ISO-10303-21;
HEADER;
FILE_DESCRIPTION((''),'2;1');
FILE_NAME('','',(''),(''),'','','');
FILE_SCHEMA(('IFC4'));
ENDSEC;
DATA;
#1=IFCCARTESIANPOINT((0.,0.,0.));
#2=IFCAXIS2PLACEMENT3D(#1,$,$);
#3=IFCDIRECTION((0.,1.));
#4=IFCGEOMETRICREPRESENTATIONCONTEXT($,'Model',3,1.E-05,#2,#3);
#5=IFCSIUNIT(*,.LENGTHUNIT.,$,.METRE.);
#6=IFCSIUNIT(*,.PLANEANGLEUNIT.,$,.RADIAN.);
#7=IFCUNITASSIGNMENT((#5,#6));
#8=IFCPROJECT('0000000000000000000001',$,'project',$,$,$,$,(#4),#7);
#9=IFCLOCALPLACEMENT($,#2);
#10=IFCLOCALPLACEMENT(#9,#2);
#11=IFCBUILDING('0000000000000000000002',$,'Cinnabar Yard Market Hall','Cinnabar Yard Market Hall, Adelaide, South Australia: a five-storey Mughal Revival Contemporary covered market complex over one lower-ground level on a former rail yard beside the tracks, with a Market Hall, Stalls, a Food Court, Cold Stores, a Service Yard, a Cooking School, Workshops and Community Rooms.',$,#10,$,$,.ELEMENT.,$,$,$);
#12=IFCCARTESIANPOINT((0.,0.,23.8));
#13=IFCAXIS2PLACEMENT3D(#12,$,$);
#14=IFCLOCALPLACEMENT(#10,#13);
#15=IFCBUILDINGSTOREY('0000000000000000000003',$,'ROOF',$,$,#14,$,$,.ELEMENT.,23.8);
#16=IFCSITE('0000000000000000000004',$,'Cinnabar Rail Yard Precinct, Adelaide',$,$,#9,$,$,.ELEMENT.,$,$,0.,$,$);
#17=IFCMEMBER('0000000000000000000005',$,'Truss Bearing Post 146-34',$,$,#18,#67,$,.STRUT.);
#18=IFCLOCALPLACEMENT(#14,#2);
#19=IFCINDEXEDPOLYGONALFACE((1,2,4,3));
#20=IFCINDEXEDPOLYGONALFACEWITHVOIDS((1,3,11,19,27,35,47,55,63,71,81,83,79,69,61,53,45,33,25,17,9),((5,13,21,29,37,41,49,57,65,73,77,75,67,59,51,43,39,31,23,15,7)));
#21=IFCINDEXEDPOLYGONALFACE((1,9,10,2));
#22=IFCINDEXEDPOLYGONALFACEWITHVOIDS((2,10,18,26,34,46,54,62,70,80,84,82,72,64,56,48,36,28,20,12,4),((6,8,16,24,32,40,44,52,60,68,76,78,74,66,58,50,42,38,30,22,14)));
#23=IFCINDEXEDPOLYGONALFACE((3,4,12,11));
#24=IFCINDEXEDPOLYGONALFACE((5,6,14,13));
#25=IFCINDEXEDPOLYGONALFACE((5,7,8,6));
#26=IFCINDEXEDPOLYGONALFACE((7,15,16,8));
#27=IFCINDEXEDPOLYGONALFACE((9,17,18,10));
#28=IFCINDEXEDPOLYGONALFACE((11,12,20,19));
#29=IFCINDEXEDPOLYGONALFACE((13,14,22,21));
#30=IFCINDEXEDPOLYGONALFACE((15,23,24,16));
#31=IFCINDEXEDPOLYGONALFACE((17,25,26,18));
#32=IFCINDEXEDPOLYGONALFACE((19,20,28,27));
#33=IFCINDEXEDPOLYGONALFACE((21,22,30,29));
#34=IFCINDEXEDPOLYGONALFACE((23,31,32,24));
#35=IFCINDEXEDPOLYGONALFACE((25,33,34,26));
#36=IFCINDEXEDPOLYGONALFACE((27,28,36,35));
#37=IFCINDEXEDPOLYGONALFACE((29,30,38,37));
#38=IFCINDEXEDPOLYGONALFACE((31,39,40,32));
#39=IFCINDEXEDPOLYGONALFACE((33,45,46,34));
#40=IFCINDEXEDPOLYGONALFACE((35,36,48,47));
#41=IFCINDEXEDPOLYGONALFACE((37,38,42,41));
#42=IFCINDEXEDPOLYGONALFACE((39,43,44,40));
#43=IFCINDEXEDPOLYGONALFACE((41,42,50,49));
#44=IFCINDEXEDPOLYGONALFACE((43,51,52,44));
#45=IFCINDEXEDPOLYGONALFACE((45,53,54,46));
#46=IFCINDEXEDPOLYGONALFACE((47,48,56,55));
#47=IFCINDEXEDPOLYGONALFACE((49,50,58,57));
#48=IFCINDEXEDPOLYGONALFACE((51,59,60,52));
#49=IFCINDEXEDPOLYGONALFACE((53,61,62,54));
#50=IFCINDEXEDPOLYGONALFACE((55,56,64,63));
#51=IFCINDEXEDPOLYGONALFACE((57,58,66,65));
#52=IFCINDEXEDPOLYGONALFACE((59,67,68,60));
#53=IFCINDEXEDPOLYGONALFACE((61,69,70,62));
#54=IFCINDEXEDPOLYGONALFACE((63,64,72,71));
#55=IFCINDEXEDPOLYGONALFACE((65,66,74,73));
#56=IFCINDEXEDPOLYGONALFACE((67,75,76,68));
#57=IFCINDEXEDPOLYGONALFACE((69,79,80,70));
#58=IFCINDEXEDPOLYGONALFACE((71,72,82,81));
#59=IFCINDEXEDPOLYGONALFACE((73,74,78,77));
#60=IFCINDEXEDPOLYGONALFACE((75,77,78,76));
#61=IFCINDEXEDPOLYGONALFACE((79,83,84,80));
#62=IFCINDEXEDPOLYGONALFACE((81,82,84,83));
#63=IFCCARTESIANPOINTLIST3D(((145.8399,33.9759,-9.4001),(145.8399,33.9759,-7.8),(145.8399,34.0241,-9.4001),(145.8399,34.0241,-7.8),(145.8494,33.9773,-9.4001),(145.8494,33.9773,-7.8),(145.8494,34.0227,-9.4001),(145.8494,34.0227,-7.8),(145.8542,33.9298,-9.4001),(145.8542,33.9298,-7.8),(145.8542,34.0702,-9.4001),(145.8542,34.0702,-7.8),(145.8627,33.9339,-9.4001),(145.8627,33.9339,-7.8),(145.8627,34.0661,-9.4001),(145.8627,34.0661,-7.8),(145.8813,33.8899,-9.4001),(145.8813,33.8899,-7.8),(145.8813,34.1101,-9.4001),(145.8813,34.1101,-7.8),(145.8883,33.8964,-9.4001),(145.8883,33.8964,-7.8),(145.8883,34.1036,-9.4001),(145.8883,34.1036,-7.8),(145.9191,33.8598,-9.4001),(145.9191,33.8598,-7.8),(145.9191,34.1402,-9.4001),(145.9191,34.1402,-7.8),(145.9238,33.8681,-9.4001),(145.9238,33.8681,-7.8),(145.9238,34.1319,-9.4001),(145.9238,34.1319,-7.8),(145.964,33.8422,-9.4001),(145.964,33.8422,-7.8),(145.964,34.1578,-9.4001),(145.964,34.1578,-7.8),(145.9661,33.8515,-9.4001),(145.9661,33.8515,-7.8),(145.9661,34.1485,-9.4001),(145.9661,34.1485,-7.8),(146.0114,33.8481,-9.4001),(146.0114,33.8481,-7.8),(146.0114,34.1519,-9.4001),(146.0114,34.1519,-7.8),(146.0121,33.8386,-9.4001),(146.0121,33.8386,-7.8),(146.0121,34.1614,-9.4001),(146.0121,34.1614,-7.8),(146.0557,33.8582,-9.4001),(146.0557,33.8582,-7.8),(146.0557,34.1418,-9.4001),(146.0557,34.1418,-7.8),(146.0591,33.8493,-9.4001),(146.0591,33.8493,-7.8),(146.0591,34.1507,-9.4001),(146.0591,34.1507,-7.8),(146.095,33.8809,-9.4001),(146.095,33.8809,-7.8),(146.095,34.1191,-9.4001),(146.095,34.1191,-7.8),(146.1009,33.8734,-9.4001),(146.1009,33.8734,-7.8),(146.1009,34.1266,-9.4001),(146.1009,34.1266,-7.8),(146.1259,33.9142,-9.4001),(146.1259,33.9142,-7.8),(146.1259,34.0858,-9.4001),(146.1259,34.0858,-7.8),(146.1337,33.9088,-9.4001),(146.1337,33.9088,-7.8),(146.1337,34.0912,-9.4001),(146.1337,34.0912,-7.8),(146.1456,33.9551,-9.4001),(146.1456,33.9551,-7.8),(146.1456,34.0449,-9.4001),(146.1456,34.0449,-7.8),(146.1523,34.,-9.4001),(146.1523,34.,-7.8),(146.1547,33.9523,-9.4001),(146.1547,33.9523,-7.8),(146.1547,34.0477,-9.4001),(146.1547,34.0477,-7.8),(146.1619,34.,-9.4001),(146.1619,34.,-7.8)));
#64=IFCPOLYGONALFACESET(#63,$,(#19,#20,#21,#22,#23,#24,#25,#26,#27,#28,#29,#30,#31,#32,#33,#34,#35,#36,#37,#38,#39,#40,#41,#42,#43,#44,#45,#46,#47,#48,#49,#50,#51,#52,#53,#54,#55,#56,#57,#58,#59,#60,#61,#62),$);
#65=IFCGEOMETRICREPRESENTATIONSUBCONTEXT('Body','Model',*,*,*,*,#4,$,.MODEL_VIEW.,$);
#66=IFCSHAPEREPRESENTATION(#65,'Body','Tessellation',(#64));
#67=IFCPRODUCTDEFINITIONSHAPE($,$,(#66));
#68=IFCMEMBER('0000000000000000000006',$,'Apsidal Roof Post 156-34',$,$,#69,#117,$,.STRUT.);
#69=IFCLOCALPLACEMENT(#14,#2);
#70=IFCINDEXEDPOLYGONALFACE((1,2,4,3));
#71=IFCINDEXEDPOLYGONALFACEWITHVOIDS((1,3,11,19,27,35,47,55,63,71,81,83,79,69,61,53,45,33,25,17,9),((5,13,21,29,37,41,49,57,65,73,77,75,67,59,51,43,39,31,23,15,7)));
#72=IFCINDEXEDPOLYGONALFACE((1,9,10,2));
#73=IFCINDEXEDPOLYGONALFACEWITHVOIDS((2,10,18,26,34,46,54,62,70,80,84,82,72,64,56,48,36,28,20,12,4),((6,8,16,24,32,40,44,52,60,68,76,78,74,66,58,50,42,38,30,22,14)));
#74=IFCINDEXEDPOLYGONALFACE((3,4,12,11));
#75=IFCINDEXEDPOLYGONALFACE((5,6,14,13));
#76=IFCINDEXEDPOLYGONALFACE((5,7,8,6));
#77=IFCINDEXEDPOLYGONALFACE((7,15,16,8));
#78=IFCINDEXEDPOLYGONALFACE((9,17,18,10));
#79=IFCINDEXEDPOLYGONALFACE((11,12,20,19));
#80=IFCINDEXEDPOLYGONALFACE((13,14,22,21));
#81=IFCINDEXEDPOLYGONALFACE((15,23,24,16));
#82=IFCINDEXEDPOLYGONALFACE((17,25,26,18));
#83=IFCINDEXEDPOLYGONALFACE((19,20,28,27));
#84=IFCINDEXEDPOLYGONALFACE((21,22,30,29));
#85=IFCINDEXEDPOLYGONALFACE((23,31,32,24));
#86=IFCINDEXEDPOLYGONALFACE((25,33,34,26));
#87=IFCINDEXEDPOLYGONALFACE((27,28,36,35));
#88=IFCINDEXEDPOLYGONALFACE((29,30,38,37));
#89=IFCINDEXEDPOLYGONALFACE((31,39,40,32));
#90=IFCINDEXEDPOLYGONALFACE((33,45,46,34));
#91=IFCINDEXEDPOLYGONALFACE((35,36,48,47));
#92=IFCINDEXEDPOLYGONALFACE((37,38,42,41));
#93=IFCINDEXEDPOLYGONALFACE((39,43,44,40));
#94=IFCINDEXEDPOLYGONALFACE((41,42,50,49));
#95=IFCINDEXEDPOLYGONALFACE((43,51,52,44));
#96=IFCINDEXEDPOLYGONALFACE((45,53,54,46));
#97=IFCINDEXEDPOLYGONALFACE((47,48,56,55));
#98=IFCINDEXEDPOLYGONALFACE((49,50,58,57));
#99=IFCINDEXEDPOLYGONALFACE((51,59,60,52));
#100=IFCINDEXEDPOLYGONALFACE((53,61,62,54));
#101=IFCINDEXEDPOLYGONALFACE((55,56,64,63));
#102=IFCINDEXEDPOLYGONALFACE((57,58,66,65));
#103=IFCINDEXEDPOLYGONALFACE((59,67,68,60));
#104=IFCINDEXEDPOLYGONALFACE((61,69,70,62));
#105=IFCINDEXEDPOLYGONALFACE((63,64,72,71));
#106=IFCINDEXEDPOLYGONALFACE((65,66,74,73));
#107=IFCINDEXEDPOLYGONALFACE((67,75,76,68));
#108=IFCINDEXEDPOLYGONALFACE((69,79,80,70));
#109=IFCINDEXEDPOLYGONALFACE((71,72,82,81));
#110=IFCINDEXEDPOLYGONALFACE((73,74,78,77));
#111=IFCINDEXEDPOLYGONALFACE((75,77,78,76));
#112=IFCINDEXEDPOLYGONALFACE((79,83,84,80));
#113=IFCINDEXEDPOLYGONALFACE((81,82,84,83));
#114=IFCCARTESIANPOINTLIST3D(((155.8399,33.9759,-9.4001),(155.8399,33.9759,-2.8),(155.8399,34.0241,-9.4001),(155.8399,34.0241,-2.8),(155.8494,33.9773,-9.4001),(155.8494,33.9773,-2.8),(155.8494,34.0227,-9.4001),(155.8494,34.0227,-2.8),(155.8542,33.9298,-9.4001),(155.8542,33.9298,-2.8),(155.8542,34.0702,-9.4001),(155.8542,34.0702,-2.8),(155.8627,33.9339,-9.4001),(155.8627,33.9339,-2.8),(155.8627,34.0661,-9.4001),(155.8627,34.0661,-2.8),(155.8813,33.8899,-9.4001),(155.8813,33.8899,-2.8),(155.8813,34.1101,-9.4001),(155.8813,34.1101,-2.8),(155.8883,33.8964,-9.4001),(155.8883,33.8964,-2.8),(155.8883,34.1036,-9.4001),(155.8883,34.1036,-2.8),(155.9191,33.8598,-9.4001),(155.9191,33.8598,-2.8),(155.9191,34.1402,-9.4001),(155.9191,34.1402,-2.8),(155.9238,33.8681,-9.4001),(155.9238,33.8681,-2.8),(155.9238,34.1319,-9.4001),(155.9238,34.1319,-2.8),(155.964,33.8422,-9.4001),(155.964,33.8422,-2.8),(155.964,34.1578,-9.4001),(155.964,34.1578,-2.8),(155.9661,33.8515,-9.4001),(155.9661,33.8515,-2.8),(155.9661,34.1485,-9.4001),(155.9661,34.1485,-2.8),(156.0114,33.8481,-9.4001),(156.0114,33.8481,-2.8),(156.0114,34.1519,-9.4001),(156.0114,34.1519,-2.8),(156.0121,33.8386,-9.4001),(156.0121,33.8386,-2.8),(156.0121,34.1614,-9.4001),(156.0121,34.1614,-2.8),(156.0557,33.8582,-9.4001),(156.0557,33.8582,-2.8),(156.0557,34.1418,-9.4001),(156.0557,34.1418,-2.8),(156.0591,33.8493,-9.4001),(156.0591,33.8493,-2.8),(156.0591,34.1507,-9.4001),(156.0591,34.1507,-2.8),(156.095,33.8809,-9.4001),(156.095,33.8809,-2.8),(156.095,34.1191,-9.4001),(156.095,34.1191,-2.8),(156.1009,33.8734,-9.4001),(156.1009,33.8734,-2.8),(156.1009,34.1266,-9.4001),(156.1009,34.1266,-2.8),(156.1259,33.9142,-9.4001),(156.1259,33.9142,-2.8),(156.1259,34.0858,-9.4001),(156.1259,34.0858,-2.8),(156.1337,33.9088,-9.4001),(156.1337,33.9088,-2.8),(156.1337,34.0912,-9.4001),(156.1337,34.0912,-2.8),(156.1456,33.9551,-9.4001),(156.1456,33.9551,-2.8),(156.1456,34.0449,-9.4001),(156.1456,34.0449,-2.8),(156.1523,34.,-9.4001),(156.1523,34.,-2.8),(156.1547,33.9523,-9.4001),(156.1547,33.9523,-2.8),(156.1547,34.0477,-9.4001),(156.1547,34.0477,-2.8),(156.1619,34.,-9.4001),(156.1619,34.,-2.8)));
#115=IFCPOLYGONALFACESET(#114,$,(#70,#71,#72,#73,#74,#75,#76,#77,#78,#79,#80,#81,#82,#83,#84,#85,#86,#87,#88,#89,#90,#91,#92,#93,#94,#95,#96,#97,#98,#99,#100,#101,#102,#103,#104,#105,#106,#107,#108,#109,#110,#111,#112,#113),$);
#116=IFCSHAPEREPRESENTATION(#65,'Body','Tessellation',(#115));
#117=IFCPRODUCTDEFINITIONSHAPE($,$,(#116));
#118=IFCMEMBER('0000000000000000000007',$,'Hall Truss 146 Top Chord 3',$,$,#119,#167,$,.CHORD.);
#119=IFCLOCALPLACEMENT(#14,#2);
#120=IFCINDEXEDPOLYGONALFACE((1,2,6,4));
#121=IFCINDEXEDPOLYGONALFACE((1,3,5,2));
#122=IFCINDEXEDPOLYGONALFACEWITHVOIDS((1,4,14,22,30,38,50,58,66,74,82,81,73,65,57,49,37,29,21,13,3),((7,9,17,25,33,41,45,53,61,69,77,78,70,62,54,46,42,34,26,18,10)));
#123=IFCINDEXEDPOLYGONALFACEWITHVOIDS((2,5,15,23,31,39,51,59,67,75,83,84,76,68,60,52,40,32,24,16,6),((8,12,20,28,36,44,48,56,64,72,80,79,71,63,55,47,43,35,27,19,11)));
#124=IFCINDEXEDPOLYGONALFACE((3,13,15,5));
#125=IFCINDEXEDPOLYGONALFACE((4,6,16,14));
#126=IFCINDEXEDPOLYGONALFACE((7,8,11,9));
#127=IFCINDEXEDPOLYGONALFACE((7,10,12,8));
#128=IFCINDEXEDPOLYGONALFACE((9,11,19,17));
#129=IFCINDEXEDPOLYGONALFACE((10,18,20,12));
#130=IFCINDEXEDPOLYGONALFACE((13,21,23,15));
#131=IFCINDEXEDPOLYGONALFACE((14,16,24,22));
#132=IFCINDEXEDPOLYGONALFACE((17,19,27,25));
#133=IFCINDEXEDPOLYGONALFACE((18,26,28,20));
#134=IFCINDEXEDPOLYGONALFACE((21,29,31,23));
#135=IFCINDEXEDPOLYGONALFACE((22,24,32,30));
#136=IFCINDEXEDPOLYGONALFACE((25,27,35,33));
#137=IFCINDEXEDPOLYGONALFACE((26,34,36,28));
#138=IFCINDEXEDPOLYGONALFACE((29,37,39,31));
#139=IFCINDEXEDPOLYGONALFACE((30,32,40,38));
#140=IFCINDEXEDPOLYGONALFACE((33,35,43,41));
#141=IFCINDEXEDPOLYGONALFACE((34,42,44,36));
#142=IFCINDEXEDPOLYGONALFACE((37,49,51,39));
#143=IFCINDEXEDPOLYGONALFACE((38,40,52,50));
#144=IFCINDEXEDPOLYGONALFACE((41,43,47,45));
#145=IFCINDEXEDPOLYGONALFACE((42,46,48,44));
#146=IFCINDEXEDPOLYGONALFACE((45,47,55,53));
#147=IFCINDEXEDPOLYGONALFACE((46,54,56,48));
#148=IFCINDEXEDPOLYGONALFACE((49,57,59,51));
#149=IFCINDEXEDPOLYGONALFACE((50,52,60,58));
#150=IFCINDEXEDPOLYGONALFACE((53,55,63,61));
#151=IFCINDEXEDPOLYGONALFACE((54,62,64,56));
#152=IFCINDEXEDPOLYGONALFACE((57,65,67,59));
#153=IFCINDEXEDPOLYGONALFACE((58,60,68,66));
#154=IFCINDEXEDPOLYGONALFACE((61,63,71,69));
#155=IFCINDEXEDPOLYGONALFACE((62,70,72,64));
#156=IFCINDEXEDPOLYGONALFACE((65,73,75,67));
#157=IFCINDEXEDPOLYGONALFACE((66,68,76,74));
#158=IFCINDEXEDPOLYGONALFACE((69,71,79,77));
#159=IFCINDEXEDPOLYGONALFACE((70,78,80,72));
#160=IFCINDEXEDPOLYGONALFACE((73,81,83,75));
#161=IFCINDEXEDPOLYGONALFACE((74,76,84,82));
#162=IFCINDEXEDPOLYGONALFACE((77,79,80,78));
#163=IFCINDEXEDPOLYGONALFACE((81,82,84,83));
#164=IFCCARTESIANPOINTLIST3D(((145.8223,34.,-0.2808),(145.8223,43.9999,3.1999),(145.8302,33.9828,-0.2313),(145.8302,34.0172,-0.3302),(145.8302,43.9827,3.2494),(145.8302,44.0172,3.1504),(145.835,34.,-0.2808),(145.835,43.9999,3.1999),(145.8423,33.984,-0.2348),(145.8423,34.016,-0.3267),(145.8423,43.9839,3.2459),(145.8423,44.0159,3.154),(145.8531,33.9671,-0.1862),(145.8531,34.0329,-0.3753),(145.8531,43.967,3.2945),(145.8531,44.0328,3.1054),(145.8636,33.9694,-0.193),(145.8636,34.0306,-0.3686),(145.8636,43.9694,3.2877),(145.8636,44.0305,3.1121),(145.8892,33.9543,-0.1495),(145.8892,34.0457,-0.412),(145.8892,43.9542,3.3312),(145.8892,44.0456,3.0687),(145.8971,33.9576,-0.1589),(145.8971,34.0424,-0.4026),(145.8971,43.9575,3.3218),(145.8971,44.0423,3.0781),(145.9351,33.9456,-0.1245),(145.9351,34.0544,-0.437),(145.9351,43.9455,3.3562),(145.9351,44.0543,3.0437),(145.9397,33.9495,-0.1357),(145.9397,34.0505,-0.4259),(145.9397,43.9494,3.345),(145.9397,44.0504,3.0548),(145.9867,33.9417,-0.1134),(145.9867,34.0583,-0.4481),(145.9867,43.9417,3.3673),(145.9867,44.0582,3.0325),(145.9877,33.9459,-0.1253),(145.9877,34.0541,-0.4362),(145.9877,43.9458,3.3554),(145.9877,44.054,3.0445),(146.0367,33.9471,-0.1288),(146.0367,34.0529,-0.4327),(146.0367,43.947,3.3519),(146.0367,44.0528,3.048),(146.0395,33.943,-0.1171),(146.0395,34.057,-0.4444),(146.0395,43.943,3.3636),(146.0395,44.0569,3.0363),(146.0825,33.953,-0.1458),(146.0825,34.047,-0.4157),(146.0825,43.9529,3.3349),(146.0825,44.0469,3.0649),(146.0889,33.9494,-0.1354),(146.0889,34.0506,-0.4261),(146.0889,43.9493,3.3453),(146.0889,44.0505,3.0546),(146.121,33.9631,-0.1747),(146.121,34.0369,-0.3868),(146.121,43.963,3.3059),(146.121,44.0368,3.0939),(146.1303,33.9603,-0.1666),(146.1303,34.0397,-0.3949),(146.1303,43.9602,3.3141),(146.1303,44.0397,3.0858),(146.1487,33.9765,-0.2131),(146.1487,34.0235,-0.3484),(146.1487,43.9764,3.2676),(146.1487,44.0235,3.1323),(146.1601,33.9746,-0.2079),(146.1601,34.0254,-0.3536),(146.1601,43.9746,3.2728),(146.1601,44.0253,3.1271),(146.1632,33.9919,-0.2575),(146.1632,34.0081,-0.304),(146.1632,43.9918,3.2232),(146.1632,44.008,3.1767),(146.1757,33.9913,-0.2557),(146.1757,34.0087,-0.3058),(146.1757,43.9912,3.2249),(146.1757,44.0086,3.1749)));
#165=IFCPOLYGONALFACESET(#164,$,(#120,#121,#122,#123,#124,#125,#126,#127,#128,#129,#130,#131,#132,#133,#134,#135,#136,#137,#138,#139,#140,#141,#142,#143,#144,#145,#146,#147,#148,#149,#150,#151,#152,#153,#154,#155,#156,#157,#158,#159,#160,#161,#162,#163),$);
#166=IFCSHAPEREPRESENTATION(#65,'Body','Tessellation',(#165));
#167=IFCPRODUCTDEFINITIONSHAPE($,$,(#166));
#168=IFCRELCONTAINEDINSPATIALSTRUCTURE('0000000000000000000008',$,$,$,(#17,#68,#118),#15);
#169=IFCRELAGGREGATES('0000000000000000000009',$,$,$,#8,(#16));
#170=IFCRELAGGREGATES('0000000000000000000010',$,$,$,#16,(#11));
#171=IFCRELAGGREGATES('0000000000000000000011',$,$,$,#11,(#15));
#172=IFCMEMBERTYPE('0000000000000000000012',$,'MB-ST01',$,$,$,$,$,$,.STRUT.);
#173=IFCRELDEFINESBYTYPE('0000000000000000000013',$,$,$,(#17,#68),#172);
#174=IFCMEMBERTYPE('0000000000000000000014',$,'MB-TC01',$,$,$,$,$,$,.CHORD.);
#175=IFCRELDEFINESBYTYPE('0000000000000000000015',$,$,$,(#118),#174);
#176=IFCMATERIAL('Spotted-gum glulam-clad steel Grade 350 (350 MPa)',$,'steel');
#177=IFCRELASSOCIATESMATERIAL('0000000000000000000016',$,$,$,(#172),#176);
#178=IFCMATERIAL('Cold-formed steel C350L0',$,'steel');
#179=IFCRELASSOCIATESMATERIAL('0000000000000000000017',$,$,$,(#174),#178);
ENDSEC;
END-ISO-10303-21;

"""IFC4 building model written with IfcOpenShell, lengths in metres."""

from ifc_helpers import new_model, si_unit, direction, frame, origin, origin_2d_with_axis, place, context, subcontext, project, spatial, hollow_circle, extrude, material, material_profile, profile_set, type_object, element, save


model = new_model("IFC4")

# Units and contexts
model_context = context("Model", 3, precision=1e-05, world=origin(), true_north=direction((0.0, 1.0)))
body_context = subcontext(model_context, "Body", "Model", "MODEL_VIEW")
ifc_project = project(units=[si_unit("LENGTHUNIT", "METRE"), si_unit("PLANEANGLEUNIT", "RADIAN")], contexts=[model_context])

# Site, building, storey
site_placement = place(None, origin())
site = spatial("IfcSite", under=ifc_project, at=site_placement, Name="Cinnabar Rail Yard Precinct, Adelaide", CompositionType="ELEMENT", RefElevation=0.0)
building_placement = place(site_placement, origin())
building = spatial("IfcBuilding", under=site, at=building_placement, Name="Cinnabar Yard Market Hall", Description="Cinnabar Yard Market Hall, Adelaide, South Australia: a five-storey Mughal Revival Contemporary covered market complex over one lower-ground level on a former rail yard beside the tracks, with a Market Hall, Stalls, a Food Court, Cold Stores, a Service Yard, a Cooking School, Workshops and Community Rooms.", CompositionType="ELEMENT")
storey_placement = place(building_placement, frame((0.0, 0.0, 23.8)))
storey = spatial("IfcBuildingStorey", under=building, at=storey_placement, Name="ROOF", CompositionType="ELEMENT", Elevation=23.8)

# Shared definitions
ifc_material_1 = material(Name="Cold-formed steel C350L0", Category="steel")

# Members
ifc_material_2 = material(Name="Spotted-gum glulam-clad steel Grade 350 (350 MPa)", Category="steel")
ifc_material_profile_1 = material_profile(ifc_material_2, hollow_circle(Radius=0.1619, WallThickness=0.0095, at=origin_2d_with_axis()), Name="323.9x9.5CHS")
ifc_profile_set_1 = profile_set([ifc_material_profile_1], Name="Spotted-gum glulam-clad steel Grade 350 (350 MPa)")
member_type_1 = type_object("IfcMemberType", Name="MB-ST01", PredefinedType="STRUT", material=ifc_profile_set_1)
member_1_placement = place(storey_placement, frame((146.0, 34.0, -9.4001), z_axis=(0.0, 0.0, 1.0), x_axis=(1.0, 0.0, 0.0)))
element("IfcMember", 1, at=member_1_placement, inside=storey, type_object=member_type_1, Name="Truss Bearing Post 146-34", PredefinedType="STRUT", context=body_context, shape_type="SweptSolid", body=[
    extrude(hollow_circle(Radius=0.1619, WallThickness=0.0095, at=origin_2d_with_axis()), origin(), (0.0, 0.0, 1.0), 1.6001),
])
member_2_placement = place(storey_placement, frame((156.0, 34.0, -9.4001), z_axis=(0.0, 0.0, 1.0), x_axis=(1.0, 0.0, 0.0)))
element("IfcMember", 2, at=member_2_placement, inside=storey, type_object=member_type_1, Name="Apsidal Roof Post 156-34", PredefinedType="STRUT", context=body_context, shape_type="SweptSolid", body=[
    extrude(hollow_circle(Radius=0.1619, WallThickness=0.0095, at=origin_2d_with_axis()), origin(), (0.0, 0.0, 1.0), 6.6001),
])
ifc_material_profile_2 = material_profile(ifc_material_1, hollow_circle(Radius=0.1777, WallThickness=0.0127, at=origin_2d_with_axis()), Name="355.6x12.7CHS")
ifc_profile_set_2 = profile_set([ifc_material_profile_2], Name="Cold-formed steel C350L0")
member_type_2 = type_object("IfcMemberType", Name="MB-TC01", PredefinedType="CHORD", material=ifc_profile_set_2)
for number, where, z_axis, x_axis, name in (
    (3, (146.0, 34.0, -0.2808), (0.0, 0.944425, 0.328727), (-1.0, 0.0, 0.0), "Hall Truss 146 Top Chord 3"),
):
    element("IfcMember", number, at=place(storey_placement, frame(where, z_axis=z_axis, x_axis=x_axis)), inside=storey, type_object=member_type_2, Name=name, PredefinedType="CHORD", context=body_context, shape_type="SweptSolid", body=[
        extrude(hollow_circle(Radius=0.1777, WallThickness=0.0127, at=origin_2d_with_axis()), origin(), (0.0, 0.0, 1.0), 10.5884),
    ])

save(model, "model.ifc")
